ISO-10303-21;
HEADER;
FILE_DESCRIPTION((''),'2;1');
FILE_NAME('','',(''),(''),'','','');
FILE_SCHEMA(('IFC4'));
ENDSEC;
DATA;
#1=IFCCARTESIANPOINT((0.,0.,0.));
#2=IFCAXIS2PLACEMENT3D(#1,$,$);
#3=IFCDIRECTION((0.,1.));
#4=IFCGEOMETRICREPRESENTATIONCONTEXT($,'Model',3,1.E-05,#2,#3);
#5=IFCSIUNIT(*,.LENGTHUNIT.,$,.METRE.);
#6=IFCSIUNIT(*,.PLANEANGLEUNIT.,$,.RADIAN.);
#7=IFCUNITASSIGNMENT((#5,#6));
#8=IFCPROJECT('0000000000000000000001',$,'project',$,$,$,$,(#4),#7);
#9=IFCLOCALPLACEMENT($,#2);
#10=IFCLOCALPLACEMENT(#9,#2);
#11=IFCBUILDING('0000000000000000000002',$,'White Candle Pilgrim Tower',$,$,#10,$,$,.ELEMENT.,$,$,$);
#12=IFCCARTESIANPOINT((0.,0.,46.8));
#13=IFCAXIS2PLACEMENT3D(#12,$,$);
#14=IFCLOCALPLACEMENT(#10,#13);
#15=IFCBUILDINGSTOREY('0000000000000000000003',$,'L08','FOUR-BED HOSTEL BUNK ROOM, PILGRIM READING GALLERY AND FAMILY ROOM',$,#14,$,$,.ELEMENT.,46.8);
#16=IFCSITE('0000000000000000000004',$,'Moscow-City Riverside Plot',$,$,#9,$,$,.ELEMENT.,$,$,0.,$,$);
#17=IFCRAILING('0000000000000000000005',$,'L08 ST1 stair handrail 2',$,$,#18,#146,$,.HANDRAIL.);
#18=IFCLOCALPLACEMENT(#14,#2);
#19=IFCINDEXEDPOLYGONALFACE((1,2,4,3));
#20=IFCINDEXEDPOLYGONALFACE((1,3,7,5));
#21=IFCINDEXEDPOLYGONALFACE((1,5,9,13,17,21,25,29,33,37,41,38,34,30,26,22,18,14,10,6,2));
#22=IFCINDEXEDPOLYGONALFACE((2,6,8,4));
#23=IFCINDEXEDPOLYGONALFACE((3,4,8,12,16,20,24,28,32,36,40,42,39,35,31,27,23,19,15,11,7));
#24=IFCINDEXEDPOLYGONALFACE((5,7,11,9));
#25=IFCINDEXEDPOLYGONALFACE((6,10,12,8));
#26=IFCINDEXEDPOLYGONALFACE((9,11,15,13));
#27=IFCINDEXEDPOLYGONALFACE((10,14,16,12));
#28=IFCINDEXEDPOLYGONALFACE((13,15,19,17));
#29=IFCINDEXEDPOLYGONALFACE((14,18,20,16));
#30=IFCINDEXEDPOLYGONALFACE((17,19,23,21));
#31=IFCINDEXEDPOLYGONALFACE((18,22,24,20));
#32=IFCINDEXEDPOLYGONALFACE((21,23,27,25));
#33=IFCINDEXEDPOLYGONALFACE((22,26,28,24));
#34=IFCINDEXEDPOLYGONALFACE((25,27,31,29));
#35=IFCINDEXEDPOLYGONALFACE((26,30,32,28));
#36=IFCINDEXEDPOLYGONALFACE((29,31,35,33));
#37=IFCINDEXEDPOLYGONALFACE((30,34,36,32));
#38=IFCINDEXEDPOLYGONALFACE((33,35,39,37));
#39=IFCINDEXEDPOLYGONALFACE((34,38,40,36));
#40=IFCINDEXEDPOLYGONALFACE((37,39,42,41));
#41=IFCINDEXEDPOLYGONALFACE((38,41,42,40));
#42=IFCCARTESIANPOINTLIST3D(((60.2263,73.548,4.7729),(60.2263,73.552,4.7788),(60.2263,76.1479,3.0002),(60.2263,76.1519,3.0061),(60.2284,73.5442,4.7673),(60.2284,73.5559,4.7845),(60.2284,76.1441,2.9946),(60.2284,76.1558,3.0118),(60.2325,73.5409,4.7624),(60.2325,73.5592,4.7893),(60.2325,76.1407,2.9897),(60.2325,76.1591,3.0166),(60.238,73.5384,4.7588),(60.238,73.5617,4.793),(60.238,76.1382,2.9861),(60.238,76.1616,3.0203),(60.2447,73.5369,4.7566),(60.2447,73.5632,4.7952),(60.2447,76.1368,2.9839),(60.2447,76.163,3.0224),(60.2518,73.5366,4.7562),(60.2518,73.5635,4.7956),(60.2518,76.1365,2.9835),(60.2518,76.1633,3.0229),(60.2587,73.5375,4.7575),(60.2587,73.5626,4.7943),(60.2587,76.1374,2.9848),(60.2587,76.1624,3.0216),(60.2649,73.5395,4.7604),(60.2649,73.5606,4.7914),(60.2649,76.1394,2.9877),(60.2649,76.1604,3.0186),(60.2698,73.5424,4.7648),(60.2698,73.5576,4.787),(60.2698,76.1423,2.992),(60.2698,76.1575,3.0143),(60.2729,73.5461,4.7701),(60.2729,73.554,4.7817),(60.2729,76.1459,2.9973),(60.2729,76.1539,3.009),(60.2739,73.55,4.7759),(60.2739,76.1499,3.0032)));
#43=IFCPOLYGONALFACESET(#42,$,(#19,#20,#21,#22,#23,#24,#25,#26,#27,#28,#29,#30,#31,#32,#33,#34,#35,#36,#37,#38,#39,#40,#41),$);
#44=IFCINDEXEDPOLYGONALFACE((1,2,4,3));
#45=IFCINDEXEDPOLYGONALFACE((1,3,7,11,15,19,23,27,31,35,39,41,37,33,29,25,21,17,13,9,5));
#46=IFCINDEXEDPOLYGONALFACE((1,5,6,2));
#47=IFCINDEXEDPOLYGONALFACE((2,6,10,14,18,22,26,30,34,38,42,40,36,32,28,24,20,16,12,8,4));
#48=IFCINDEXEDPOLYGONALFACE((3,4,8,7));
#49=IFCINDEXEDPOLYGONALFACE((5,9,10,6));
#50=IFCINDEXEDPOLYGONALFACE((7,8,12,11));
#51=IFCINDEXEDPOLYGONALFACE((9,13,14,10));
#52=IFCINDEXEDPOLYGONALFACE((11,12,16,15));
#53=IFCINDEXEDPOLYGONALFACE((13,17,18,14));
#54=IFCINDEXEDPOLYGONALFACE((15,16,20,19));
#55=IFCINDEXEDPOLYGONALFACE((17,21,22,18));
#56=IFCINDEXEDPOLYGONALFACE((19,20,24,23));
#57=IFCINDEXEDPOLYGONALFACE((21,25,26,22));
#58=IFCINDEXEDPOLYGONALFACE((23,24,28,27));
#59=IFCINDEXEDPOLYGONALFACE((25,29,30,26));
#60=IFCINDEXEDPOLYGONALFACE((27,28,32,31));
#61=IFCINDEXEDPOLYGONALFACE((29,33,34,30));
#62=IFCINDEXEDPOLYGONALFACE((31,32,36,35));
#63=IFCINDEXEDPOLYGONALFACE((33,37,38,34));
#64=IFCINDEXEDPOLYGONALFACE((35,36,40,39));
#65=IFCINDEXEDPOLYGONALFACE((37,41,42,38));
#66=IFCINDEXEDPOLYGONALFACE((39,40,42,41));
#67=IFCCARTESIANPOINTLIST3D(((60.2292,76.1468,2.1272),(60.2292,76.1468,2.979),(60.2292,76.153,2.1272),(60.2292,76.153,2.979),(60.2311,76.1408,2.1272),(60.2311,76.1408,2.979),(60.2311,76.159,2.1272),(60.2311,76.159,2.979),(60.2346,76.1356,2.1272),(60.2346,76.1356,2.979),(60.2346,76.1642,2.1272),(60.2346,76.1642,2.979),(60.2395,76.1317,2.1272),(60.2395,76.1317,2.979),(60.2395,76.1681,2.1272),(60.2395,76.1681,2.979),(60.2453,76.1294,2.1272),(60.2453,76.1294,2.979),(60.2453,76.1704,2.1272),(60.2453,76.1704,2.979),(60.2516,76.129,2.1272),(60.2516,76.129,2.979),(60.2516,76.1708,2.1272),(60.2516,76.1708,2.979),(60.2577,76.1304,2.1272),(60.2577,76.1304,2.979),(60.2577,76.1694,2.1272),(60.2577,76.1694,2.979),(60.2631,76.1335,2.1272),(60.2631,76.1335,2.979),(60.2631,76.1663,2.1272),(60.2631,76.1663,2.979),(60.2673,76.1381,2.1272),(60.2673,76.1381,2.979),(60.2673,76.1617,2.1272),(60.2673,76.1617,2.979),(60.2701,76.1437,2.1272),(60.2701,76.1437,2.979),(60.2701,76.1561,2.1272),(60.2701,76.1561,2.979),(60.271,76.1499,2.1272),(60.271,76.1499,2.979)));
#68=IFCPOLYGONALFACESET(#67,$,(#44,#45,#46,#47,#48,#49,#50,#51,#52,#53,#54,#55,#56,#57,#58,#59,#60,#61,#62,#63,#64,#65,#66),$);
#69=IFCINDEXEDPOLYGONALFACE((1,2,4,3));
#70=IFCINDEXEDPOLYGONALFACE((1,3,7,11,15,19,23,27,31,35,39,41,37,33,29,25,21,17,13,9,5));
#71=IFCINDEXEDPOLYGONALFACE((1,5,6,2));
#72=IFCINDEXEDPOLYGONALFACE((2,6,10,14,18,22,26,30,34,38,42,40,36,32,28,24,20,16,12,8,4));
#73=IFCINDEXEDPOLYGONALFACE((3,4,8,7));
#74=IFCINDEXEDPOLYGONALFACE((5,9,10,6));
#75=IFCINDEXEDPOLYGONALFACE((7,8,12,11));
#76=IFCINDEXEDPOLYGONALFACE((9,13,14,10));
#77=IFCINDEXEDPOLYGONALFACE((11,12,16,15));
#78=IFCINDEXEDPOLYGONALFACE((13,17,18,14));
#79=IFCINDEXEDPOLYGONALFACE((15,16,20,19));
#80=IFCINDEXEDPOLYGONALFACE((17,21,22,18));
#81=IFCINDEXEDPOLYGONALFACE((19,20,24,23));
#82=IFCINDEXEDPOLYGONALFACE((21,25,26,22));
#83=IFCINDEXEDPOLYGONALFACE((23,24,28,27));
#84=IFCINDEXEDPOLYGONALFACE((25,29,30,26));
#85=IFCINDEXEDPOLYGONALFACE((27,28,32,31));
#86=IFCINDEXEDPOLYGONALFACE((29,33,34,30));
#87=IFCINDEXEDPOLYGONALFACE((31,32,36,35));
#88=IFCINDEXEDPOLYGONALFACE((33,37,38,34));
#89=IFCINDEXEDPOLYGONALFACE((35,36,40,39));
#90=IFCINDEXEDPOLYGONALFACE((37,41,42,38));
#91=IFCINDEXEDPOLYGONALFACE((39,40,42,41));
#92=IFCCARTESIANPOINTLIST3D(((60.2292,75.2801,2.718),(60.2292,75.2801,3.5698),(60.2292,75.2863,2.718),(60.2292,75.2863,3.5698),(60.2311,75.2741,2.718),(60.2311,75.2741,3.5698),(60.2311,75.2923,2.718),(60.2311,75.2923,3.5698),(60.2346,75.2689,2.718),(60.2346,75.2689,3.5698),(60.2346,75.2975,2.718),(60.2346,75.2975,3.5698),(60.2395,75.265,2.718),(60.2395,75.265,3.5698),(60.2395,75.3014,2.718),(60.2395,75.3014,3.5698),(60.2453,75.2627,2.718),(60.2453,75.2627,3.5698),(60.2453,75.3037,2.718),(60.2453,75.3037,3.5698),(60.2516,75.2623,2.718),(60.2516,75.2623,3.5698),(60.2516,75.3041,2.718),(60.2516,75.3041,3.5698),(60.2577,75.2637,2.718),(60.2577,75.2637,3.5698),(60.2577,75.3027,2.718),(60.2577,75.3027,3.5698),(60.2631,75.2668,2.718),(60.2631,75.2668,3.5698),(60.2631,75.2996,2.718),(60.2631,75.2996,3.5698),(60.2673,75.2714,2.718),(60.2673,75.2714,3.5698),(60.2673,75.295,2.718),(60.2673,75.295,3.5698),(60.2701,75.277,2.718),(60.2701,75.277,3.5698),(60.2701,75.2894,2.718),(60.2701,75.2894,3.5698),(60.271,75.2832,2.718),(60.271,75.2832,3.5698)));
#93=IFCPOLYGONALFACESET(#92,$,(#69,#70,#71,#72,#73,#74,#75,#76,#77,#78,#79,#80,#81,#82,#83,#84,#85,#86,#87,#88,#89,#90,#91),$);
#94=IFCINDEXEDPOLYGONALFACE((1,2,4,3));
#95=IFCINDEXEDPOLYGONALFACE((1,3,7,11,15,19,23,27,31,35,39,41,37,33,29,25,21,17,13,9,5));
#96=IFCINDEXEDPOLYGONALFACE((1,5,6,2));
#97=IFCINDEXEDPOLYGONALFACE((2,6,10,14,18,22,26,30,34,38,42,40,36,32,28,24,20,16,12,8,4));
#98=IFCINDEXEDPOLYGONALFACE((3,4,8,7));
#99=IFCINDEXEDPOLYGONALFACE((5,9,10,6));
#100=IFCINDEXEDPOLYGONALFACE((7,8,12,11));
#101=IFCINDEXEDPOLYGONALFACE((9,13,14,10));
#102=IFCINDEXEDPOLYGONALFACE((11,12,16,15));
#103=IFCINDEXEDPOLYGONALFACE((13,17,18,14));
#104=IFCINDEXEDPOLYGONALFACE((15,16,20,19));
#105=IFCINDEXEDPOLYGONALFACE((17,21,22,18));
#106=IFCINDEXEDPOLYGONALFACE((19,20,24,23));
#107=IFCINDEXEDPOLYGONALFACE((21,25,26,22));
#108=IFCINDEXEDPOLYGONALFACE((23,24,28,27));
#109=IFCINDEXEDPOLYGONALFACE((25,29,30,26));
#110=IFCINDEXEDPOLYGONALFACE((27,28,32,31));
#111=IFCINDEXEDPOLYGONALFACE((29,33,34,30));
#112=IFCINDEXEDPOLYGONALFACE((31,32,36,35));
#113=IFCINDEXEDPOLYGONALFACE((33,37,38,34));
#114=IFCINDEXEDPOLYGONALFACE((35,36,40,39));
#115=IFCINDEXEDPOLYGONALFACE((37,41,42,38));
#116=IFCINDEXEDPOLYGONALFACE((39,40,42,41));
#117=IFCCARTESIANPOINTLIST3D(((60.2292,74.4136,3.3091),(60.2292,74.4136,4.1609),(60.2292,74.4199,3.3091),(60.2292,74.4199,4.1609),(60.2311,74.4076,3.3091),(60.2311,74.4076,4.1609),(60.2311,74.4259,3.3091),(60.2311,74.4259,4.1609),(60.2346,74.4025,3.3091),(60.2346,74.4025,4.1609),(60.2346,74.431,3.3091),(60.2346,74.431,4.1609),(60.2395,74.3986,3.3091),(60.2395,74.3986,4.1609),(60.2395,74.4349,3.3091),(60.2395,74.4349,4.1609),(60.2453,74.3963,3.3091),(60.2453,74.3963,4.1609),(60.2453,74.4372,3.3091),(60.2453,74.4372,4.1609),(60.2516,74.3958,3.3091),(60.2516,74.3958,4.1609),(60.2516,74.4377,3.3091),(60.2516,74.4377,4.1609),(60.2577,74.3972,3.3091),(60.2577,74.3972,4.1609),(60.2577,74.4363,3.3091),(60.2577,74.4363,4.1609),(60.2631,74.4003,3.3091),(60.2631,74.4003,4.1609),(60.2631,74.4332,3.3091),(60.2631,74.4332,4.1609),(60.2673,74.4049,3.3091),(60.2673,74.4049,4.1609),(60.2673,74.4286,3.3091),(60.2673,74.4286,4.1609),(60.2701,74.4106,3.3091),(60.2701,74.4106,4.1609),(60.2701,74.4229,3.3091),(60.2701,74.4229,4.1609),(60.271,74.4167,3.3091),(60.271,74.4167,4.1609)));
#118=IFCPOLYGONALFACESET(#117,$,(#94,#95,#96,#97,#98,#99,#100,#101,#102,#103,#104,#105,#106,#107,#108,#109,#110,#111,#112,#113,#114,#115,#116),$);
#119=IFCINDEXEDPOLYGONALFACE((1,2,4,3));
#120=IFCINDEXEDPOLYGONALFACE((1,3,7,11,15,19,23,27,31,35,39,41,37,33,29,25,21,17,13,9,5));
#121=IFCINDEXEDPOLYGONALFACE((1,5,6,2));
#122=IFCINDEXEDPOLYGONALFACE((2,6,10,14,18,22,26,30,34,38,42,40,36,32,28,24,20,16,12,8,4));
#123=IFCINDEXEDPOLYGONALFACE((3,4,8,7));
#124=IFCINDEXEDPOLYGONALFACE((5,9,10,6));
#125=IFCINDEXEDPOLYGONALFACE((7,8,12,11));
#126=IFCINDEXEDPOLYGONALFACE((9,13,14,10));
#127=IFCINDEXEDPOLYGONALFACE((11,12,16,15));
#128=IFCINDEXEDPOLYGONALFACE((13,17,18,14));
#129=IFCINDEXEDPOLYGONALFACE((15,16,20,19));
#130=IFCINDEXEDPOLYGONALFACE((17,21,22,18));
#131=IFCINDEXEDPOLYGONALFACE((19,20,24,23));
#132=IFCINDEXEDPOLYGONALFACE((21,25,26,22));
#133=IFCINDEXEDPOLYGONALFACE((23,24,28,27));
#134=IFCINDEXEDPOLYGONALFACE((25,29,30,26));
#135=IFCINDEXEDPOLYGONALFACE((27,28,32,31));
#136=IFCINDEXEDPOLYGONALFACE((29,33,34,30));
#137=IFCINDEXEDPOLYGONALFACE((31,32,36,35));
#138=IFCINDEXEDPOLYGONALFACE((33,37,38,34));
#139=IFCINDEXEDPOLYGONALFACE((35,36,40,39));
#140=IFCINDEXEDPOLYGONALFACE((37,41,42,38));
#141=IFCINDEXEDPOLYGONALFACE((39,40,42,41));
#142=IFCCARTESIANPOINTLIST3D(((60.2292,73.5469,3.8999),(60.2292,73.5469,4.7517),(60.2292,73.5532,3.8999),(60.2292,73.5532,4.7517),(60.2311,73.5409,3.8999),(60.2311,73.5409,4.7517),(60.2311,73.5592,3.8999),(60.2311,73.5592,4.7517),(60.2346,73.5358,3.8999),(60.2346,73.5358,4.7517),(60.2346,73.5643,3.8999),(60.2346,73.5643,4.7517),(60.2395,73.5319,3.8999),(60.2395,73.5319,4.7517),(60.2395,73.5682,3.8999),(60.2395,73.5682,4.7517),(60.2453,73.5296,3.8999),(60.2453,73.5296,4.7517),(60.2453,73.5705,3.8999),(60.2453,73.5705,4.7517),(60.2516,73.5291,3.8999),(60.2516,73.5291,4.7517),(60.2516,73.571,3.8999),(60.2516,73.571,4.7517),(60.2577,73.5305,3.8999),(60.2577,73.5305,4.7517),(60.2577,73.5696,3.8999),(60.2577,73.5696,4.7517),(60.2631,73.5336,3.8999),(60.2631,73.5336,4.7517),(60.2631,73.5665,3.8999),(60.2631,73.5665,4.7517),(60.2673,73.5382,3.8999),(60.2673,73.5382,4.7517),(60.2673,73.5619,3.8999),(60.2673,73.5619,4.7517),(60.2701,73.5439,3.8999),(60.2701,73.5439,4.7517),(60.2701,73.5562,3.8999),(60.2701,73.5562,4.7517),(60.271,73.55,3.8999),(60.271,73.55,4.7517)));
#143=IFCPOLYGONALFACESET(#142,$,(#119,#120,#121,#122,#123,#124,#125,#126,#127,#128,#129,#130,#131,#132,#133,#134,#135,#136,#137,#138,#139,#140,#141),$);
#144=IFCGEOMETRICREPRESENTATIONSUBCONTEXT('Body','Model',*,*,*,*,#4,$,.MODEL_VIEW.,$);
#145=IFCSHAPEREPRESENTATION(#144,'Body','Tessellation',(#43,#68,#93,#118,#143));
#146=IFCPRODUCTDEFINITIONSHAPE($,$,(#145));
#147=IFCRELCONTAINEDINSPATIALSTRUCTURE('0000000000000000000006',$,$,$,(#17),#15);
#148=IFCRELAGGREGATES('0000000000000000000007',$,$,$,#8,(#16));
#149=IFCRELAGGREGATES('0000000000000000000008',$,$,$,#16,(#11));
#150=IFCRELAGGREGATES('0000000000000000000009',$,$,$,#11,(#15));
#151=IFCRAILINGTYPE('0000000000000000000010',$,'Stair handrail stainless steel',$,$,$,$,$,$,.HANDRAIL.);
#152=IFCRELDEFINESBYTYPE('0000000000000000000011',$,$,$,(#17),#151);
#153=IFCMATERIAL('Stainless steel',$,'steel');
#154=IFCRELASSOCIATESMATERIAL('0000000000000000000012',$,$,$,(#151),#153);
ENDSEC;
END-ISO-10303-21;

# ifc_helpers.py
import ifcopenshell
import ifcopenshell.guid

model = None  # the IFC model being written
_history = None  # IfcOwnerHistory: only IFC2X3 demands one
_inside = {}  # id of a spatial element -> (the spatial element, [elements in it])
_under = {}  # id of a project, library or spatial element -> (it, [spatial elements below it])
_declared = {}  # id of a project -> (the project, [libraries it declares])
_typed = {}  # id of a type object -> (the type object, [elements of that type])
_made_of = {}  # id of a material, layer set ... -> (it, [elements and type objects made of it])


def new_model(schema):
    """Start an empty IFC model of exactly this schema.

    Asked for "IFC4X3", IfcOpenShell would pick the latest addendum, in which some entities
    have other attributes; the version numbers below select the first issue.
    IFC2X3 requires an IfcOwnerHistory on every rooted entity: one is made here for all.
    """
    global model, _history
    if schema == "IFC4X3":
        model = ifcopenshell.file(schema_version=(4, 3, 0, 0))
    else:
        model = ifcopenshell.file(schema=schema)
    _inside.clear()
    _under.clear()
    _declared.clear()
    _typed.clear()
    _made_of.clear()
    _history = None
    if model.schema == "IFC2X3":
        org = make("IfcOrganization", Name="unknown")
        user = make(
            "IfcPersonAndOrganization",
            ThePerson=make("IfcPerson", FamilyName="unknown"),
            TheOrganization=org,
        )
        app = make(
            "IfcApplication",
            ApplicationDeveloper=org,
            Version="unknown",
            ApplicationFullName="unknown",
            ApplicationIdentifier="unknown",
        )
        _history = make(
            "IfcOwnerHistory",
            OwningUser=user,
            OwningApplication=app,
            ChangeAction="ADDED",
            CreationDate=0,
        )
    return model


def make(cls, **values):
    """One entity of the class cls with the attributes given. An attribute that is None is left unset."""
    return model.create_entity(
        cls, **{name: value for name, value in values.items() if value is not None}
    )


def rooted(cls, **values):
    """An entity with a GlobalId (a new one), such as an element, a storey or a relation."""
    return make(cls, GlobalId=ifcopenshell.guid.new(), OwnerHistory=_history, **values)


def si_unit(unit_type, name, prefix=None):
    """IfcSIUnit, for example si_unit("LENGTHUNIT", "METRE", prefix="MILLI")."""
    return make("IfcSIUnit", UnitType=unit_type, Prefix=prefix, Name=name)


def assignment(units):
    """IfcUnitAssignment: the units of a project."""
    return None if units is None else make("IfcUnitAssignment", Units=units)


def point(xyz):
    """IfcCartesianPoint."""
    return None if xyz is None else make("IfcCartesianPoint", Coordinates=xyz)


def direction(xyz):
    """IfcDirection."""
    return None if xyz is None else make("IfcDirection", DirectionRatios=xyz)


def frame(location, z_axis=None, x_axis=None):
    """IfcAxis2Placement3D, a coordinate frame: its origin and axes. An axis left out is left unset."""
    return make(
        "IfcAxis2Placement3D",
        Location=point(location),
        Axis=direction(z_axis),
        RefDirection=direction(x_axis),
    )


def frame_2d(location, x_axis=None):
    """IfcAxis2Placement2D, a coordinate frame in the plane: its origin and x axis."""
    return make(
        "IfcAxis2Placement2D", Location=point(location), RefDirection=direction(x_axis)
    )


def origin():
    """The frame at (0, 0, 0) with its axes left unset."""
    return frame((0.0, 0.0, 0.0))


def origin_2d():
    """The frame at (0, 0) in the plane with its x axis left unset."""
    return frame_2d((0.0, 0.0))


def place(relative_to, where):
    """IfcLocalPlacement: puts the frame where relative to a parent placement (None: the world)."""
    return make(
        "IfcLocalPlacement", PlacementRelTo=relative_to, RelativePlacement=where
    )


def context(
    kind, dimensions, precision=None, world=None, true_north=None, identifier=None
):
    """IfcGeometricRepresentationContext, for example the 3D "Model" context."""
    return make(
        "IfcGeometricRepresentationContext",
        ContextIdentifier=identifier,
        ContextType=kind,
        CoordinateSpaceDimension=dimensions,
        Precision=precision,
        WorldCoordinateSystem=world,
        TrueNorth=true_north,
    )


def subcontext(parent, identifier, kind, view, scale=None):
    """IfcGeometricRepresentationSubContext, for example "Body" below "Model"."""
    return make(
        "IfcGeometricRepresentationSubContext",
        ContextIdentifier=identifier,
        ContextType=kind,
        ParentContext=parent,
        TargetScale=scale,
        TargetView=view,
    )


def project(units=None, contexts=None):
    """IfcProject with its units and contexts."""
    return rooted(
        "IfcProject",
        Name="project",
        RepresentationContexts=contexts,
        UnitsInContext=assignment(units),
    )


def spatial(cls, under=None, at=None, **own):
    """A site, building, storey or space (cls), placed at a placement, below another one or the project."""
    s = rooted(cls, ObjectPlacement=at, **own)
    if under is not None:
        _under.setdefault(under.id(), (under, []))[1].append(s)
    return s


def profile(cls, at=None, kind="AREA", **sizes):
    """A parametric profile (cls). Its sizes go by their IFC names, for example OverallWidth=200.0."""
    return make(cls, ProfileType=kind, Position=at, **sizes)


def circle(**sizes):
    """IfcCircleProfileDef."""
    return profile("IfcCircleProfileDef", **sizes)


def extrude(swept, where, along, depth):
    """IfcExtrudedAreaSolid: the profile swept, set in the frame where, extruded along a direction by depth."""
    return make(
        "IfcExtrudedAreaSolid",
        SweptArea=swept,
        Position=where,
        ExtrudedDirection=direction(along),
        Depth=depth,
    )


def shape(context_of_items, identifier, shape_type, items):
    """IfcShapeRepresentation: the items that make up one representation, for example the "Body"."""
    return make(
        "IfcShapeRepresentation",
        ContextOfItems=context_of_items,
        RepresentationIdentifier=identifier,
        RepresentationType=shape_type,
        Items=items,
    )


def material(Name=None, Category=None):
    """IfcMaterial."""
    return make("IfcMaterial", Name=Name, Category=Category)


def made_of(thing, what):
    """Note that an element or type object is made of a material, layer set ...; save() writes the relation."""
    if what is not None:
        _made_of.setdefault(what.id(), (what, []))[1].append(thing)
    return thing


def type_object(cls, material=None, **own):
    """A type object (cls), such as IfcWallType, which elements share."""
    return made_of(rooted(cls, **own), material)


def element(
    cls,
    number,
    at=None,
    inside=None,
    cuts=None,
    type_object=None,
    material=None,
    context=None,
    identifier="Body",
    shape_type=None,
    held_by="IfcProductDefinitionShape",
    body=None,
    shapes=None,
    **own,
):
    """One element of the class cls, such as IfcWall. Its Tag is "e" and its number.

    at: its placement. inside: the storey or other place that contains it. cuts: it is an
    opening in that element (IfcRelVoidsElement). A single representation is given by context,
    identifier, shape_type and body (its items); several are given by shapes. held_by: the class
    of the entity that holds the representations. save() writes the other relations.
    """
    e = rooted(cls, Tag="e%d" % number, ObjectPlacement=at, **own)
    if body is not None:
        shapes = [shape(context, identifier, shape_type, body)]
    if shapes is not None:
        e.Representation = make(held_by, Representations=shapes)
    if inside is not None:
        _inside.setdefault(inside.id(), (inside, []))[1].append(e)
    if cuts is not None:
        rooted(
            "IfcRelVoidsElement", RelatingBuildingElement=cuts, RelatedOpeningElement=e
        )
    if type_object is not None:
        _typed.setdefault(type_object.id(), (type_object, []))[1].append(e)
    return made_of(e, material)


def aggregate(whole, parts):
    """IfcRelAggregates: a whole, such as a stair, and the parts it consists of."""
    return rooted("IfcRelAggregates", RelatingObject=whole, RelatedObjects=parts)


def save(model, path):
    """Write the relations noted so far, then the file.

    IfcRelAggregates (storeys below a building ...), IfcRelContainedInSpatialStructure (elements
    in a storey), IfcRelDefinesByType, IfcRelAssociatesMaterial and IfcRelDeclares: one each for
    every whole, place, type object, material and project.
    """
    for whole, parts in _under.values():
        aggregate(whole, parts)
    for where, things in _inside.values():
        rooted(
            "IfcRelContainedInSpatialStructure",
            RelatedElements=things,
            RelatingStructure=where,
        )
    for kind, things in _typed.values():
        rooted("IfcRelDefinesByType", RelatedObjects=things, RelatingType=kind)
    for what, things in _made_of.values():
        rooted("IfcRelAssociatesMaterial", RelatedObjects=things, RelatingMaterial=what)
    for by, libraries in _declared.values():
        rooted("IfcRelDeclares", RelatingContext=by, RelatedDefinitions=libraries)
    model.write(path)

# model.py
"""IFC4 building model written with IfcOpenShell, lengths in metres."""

from ifc_helpers import new_model, si_unit, direction, frame, origin, origin_2d, place, context, subcontext, project, spatial, circle, extrude, material, type_object, element, save


model = new_model("IFC4")

# Units and contexts
model_context = context("Model", 3, precision=1e-05, world=origin(), true_north=direction((0.0, 1.0)))
body_context = subcontext(model_context, "Body", "Model", "MODEL_VIEW")
ifc_project = project(units=[si_unit("LENGTHUNIT", "METRE"), si_unit("PLANEANGLEUNIT", "RADIAN")], contexts=[model_context])

# Site, building, storey
site_placement = place(None, origin())
site = spatial("IfcSite", under=ifc_project, at=site_placement, Name="Moscow-City Riverside Plot", CompositionType="ELEMENT", RefElevation=0.0)
building_placement = place(site_placement, origin())
building = spatial("IfcBuilding", under=site, at=building_placement, Name="White Candle Pilgrim Tower", CompositionType="ELEMENT")
storey_placement = place(building_placement, frame((0.0, 0.0, 46.8)))
storey = spatial("IfcBuildingStorey", under=building, at=storey_placement, Name="L08", Description="FOUR-BED HOSTEL BUNK ROOM, PILGRIM READING GALLERY AND FAMILY ROOM", CompositionType="ELEMENT", Elevation=46.8)

# Railing
ifc_material_1 = material(Name="Stainless steel", Category="steel")
railing_type_1 = type_object("IfcRailingType", Name="Stair handrail stainless steel", PredefinedType="HANDRAIL", material=ifc_material_1)
railing_1_placement = place(storey_placement, frame((60.25, 76.1499, 2.1272)))
element("IfcRailing", 1, at=railing_1_placement, inside=storey, type_object=railing_type_1, Name="L08 ST1 stair handrail 2", PredefinedType="HANDRAIL", context=body_context, shape_type="SweptSolid", body=[
    extrude(circle(Radius=0.0239, at=origin_2d()), frame((0.0, 0.0, 0.876), z_axis=(0.0, -0.826216, 0.563354), x_axis=(1.0, 0.0, 0.0)), (0.0, 0.0, 1.0), 3.1467),
    extrude(circle(Radius=0.021, at=origin_2d()), origin(), (0.0, 0.0, 1.0), 0.8518),
    extrude(circle(Radius=0.021, at=origin_2d()), frame((0.0, -0.8667, 0.5908)), (0.0, 0.0, 1.0), 0.8518),
    extrude(circle(Radius=0.021, at=origin_2d()), frame((0.0, -1.7332, 1.1819)), (0.0, 0.0, 1.0), 0.8518),
    extrude(circle(Radius=0.021, at=origin_2d()), frame((0.0, -2.5999, 1.7727)), (0.0, 0.0, 1.0), 0.8518),
])

save(model, "model.ifc")
